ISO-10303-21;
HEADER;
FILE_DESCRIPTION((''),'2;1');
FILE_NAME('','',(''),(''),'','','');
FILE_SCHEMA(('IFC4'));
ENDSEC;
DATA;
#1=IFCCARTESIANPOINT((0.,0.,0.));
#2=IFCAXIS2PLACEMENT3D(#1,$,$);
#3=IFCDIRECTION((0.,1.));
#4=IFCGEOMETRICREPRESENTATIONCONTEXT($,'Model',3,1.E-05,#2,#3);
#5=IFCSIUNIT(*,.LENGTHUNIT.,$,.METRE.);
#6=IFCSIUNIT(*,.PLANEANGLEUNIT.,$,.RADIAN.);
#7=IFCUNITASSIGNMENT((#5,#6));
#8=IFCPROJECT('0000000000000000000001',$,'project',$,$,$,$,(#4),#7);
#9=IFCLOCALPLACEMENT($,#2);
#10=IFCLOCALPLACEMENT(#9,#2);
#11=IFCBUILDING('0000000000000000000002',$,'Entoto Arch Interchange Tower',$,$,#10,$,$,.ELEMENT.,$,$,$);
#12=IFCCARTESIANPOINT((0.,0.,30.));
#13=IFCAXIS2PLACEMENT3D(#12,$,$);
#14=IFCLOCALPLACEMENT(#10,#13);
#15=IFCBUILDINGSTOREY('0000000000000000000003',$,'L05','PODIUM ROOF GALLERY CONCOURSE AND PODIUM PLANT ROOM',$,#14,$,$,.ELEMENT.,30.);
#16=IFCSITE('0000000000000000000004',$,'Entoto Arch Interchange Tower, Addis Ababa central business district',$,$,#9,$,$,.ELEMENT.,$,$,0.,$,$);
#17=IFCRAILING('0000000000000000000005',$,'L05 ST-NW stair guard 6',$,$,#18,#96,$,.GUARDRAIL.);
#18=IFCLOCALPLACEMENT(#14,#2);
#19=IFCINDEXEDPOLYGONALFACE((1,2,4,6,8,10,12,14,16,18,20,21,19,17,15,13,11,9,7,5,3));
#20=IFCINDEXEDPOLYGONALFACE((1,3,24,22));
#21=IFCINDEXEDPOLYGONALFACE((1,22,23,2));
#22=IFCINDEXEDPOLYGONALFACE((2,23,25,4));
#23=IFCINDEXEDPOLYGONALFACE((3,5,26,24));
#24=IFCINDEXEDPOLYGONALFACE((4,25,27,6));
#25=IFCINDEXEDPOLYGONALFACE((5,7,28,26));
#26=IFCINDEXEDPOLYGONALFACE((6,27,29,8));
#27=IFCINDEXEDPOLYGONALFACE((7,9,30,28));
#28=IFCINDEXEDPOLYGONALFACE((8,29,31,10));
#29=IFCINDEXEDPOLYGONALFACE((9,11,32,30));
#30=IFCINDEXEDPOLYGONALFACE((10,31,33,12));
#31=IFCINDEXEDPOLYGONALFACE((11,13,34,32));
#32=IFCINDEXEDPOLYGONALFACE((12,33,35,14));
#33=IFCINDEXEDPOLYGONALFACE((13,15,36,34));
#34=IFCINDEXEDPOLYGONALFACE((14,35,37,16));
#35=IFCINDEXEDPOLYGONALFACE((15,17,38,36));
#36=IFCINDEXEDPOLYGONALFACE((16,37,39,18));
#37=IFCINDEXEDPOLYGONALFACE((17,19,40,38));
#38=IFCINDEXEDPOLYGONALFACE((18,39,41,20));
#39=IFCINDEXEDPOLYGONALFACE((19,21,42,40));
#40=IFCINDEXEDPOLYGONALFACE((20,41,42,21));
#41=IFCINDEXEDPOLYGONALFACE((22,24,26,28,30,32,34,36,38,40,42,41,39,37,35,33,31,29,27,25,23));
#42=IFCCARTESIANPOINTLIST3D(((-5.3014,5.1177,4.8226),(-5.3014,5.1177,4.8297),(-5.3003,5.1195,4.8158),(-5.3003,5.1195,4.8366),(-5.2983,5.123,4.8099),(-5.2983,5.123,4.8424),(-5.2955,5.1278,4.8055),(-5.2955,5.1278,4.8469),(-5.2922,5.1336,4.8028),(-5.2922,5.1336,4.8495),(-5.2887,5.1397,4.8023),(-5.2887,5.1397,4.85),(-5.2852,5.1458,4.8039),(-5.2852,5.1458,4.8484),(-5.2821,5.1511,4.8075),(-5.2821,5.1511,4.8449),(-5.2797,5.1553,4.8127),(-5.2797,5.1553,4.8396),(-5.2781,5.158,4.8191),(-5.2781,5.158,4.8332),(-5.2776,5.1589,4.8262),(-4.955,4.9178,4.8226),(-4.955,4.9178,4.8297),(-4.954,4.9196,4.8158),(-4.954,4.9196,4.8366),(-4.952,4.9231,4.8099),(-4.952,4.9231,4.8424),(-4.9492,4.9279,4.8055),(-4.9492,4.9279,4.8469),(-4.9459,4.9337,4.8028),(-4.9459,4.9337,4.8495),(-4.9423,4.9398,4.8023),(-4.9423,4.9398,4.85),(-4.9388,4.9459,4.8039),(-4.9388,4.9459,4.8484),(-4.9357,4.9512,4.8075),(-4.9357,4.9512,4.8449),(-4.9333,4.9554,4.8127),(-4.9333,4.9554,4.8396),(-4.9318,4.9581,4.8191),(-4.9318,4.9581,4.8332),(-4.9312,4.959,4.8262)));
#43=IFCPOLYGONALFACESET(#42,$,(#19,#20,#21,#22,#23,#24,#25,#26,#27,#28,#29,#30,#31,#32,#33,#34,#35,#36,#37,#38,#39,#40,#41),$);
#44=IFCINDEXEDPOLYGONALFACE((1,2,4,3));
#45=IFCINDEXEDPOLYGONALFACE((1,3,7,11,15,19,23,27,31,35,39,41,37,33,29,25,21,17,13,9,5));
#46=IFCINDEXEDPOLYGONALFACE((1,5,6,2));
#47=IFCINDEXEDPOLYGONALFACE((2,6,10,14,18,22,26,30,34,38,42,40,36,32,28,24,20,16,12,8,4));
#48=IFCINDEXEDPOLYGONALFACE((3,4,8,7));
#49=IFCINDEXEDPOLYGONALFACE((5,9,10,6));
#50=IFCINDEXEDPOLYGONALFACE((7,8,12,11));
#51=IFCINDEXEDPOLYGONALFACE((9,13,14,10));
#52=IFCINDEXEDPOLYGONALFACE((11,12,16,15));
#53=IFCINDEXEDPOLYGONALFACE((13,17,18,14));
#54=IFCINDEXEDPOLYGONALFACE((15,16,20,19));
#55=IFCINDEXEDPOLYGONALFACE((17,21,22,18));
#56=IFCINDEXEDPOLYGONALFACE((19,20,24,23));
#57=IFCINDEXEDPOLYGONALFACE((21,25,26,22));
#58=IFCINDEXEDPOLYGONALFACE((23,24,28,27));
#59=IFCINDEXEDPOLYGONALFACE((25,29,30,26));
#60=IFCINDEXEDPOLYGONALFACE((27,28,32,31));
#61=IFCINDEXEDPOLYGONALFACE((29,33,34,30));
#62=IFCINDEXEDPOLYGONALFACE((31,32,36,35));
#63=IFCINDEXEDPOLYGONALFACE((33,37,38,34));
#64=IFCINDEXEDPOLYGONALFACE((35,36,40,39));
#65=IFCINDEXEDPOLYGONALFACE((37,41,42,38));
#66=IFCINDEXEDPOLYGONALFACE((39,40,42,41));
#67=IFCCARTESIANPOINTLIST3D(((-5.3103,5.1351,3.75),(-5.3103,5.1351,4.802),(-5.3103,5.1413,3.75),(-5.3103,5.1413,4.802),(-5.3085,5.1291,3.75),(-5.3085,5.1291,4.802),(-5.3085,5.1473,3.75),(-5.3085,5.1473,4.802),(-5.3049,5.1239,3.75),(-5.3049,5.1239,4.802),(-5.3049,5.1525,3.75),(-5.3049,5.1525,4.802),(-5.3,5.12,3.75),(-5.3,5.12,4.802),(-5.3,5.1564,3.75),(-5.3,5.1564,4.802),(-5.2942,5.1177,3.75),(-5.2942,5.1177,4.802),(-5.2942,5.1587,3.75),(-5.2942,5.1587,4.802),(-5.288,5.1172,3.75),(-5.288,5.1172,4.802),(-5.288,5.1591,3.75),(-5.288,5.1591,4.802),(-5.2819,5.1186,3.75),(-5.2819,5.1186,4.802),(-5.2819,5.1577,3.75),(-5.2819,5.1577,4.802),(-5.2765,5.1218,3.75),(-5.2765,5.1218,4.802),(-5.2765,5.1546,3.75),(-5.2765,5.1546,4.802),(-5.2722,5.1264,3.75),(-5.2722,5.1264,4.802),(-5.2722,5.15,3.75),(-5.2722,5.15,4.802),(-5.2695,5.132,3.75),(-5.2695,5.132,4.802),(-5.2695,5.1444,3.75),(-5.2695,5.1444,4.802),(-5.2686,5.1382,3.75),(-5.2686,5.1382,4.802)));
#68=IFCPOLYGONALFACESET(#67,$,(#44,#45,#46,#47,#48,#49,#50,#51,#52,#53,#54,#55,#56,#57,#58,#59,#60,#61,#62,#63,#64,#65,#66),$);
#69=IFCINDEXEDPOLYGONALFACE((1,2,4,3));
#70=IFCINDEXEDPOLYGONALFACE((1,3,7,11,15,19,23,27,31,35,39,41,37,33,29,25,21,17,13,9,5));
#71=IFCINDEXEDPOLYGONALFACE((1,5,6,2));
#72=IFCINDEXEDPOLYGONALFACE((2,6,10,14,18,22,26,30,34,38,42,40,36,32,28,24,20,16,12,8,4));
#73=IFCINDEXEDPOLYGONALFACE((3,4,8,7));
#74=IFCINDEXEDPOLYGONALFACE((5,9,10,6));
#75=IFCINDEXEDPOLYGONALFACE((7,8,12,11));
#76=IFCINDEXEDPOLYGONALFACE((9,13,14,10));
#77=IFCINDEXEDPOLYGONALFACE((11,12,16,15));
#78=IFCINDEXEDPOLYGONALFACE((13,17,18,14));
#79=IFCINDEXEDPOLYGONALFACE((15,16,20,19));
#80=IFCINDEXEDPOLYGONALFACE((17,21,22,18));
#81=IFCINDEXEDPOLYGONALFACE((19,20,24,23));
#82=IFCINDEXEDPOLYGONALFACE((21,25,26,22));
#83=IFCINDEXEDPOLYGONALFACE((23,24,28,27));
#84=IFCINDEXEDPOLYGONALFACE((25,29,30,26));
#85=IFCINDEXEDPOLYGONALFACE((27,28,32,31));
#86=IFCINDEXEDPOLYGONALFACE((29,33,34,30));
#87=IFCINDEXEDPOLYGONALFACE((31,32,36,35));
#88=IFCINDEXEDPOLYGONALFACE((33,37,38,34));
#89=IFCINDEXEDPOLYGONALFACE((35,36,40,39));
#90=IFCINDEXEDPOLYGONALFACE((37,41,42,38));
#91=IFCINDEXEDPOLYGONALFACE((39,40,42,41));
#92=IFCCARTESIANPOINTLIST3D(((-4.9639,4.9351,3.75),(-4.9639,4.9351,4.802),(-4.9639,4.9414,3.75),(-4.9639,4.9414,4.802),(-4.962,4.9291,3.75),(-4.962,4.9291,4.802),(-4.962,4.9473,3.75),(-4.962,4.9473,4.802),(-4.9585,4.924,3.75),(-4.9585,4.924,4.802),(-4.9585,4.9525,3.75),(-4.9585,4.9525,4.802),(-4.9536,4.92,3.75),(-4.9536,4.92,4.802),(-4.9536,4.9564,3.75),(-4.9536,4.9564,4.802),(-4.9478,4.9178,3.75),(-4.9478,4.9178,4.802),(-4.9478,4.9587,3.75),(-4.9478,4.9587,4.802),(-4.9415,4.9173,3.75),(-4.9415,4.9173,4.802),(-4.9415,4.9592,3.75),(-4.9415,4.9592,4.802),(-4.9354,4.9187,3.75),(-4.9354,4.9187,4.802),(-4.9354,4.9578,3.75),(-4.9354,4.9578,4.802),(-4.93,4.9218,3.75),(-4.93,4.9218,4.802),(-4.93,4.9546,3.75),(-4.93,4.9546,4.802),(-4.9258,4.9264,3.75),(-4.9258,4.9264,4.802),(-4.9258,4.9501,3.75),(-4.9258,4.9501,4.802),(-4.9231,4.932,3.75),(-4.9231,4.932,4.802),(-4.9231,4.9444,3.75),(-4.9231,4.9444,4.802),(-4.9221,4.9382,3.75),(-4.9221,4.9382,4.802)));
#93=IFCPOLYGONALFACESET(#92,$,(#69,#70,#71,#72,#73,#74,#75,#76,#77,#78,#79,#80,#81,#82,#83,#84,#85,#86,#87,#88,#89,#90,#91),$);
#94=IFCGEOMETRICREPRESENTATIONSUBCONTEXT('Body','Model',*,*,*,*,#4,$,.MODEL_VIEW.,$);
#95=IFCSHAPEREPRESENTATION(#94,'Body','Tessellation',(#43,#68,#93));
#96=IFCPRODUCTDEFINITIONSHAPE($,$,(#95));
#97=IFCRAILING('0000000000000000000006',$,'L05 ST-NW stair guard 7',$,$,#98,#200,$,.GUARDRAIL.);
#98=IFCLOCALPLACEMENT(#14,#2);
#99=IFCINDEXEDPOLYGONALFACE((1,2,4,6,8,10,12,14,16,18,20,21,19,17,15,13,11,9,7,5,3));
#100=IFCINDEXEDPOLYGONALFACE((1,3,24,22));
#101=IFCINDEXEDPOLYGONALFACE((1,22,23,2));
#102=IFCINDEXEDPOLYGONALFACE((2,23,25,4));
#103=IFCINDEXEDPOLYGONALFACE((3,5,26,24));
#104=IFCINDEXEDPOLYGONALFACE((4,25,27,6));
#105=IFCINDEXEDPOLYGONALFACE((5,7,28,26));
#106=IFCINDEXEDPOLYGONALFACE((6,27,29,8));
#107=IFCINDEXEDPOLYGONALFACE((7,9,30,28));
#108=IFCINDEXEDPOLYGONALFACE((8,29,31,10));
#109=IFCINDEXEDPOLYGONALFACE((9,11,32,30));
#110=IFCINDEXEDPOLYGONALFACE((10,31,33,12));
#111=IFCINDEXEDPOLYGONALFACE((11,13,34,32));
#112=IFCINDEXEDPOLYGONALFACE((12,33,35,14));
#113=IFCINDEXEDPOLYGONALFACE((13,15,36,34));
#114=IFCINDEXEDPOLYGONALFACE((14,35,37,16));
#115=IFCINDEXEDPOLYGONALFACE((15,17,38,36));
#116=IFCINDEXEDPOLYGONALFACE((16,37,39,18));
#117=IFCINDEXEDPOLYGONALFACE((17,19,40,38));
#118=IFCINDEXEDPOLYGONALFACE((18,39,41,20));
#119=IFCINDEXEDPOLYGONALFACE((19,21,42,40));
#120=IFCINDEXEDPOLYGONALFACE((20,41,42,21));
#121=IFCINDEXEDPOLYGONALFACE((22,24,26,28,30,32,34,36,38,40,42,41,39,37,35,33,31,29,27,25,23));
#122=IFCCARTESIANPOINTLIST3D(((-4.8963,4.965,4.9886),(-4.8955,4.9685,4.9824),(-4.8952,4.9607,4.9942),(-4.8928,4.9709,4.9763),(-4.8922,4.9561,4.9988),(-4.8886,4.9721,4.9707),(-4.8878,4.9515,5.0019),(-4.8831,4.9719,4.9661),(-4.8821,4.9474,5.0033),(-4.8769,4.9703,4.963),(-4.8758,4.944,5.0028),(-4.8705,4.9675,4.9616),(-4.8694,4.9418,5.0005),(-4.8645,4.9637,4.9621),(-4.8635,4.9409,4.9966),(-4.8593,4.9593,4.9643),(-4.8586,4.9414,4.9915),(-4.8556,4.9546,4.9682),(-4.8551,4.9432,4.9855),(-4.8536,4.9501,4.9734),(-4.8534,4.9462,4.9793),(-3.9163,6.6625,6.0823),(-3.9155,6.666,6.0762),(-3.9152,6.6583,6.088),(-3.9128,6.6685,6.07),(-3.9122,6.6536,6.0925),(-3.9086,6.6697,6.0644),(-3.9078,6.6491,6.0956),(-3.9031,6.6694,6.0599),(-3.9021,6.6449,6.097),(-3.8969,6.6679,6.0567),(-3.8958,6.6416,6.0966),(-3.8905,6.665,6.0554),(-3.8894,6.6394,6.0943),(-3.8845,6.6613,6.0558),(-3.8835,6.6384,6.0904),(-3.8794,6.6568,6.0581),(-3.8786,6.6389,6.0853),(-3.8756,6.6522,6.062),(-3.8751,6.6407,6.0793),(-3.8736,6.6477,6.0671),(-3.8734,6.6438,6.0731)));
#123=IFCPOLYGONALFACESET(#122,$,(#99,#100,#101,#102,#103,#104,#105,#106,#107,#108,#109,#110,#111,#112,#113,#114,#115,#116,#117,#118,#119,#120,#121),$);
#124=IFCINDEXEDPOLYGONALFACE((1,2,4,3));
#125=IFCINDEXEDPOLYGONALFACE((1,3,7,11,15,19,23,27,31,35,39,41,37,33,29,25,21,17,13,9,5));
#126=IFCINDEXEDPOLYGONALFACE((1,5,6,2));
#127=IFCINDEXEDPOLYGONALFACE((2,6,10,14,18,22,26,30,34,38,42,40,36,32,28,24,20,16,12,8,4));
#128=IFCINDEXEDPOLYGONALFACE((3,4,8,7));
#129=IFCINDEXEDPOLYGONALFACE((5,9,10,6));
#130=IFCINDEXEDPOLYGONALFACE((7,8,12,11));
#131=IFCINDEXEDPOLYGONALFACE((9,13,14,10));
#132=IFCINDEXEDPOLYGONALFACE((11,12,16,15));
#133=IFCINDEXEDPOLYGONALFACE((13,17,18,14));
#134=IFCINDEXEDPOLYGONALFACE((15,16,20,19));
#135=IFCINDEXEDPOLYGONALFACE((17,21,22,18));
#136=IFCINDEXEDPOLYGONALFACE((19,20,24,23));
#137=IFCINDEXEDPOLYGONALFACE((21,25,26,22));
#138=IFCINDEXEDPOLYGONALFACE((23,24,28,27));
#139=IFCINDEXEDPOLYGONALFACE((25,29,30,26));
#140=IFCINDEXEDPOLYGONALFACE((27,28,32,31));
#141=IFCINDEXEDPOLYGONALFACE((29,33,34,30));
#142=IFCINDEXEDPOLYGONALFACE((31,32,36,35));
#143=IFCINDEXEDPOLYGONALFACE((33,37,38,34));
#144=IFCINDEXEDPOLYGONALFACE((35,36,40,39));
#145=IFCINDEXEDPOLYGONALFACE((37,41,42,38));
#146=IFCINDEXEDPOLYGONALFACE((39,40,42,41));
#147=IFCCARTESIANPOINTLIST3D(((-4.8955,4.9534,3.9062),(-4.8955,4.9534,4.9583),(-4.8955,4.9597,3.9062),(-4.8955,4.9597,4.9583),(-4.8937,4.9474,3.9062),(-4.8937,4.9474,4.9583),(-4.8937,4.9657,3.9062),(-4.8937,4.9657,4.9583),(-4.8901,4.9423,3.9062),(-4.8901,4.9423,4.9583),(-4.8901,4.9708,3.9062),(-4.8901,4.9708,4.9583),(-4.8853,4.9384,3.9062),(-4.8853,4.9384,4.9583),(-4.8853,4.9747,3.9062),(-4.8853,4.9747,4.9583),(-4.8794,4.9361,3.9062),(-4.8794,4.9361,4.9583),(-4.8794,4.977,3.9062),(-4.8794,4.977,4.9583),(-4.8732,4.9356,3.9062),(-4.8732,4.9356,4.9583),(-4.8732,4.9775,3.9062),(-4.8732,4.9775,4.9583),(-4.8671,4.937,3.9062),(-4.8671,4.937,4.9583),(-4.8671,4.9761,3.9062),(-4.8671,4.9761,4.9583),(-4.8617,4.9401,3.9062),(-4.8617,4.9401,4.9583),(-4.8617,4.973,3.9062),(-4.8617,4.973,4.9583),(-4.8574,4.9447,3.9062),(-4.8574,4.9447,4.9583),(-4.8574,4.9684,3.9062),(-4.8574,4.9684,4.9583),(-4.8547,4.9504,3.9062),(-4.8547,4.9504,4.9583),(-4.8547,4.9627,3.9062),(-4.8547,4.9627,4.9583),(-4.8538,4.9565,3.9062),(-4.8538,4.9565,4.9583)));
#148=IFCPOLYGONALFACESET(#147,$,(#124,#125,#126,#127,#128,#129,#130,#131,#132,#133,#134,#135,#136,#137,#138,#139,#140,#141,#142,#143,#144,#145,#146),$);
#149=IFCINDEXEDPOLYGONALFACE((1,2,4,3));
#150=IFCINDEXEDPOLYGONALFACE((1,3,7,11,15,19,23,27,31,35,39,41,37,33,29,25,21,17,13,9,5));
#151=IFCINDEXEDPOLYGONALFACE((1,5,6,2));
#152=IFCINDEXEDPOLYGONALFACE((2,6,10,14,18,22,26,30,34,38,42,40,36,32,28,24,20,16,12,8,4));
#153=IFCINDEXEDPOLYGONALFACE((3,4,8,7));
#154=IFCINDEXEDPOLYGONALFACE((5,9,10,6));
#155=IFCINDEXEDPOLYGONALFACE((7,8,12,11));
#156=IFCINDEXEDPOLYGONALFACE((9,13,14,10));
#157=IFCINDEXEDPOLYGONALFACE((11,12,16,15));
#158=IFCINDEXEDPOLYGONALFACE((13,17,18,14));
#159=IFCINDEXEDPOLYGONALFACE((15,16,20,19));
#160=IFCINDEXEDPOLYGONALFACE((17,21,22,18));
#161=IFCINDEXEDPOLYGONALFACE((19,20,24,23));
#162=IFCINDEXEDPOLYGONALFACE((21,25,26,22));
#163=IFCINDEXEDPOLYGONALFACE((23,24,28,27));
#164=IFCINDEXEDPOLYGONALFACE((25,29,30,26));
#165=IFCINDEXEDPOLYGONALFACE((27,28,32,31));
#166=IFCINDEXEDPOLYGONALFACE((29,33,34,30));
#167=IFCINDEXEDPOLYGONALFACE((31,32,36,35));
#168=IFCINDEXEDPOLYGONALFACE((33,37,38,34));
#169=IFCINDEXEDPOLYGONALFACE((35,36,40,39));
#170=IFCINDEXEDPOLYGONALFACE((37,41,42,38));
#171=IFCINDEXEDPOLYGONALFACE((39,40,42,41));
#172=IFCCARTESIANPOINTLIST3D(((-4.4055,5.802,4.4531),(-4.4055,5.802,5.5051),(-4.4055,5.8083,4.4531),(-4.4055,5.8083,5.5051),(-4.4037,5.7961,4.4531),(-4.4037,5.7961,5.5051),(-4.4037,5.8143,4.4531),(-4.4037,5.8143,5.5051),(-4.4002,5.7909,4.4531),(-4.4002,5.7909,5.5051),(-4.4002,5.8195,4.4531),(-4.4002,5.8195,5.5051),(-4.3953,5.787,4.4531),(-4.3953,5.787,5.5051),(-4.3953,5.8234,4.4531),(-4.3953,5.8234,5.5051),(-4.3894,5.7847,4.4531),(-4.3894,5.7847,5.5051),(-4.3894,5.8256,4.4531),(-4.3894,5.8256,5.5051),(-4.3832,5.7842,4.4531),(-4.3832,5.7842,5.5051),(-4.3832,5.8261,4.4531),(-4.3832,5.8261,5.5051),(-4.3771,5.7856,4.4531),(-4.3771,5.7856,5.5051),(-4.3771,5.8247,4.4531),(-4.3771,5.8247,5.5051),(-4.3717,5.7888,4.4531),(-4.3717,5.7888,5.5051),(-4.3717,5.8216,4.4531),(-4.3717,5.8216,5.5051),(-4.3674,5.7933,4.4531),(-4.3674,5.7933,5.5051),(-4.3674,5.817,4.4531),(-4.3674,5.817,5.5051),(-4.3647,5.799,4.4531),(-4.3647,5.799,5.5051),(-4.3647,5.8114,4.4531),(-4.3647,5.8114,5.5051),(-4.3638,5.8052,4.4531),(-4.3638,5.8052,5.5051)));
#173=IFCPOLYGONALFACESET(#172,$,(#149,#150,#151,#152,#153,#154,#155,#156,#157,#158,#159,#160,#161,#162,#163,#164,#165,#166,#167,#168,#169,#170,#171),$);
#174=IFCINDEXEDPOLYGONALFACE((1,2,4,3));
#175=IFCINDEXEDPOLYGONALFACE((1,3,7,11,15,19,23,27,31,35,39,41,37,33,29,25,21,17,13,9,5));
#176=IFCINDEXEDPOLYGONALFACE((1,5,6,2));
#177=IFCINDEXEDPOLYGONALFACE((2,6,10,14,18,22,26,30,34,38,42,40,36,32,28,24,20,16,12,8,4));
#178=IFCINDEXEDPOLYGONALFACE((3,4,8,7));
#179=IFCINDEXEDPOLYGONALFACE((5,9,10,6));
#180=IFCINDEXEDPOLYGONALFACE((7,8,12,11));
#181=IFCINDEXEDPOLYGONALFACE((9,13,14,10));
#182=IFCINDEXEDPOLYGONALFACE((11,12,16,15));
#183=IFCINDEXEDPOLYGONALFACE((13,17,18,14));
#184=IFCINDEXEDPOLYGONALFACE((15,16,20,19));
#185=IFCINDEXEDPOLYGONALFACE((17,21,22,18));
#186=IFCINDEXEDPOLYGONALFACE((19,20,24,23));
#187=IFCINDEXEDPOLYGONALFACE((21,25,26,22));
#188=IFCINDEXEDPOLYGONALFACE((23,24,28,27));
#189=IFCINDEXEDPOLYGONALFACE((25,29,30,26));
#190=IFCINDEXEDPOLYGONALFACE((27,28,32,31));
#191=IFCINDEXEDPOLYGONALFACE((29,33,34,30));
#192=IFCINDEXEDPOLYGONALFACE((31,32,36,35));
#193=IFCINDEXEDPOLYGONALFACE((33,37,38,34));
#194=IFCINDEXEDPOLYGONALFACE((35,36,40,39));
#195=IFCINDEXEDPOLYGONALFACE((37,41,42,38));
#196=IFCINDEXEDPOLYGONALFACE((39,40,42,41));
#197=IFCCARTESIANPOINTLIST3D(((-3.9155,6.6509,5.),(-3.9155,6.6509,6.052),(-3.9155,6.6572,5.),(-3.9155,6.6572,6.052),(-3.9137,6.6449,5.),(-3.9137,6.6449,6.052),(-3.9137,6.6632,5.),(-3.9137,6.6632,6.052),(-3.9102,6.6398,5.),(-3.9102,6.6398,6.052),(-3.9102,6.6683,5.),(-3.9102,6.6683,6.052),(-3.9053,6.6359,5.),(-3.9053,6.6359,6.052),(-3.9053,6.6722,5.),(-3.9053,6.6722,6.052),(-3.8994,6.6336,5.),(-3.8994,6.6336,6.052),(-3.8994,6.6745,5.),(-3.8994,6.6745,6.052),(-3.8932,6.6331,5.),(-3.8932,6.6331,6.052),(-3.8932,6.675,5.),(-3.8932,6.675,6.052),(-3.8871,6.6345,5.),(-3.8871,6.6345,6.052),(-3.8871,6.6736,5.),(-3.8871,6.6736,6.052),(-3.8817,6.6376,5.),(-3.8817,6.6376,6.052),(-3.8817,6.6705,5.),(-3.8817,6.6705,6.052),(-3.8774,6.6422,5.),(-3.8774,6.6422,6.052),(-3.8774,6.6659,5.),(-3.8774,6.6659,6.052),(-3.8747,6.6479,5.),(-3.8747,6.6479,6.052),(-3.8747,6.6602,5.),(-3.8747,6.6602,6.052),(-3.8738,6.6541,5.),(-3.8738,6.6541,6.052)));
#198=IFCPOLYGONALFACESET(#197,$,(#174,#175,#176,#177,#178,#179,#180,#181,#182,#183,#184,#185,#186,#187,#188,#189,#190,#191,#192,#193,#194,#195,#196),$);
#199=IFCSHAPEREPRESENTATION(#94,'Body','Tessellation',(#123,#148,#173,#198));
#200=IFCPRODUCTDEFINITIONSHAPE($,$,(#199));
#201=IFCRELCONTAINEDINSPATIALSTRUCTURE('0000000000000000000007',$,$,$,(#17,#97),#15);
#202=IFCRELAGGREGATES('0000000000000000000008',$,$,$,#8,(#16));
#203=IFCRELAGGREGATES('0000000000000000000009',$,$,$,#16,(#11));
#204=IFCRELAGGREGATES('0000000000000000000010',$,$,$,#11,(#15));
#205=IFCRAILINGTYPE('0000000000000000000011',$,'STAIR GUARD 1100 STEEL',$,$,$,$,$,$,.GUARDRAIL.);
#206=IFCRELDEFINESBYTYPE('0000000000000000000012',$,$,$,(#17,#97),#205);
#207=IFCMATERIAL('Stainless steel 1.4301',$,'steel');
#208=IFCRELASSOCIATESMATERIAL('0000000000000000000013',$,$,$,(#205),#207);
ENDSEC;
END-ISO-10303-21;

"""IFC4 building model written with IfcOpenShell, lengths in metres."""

from ifc_helpers import new_model, si_unit, direction, frame, origin, origin_2d, place, context, subcontext, project, spatial, circle, extrude, material, type_object, element, save


model = new_model("IFC4")

# Units and contexts
model_context = context("Model", 3, precision=1e-05, world=origin(), true_north=direction((0.0, 1.0)))
body_context = subcontext(model_context, "Body", "Model", "MODEL_VIEW")
ifc_project = project(units=[si_unit("LENGTHUNIT", "METRE"), si_unit("PLANEANGLEUNIT", "RADIAN")], contexts=[model_context])

# Site, building, storey
site_placement = place(None, origin())
site = spatial("IfcSite", under=ifc_project, at=site_placement, Name="Entoto Arch Interchange Tower, Addis Ababa central business district", CompositionType="ELEMENT", RefElevation=0.0)
building_placement = place(site_placement, origin())
building = spatial("IfcBuilding", under=site, at=building_placement, Name="Entoto Arch Interchange Tower", CompositionType="ELEMENT")
storey_placement = place(building_placement, frame((0.0, 0.0, 30.0)))
storey = spatial("IfcBuildingStorey", under=building, at=storey_placement, Name="L05", Description="PODIUM ROOF GALLERY CONCOURSE AND PODIUM PLANT ROOM", CompositionType="ELEMENT", Elevation=30.0)

# Railings
ifc_material_1 = material(Name="Stainless steel 1.4301", Category="steel")
railing_type = type_object("IfcRailingType", Name="STAIR GUARD 1100 STEEL", PredefinedType="GUARDRAIL", material=ifc_material_1)
railing_1_placement = place(storey_placement, frame((-5.2896, 5.1382, 3.75)))
element("IfcRailing", 1, at=railing_1_placement, inside=storey, type_object=railing_type, Name="L05 ST-NW stair guard 6", PredefinedType="GUARDRAIL", context=body_context, shape_type="SweptSolid", body=[
    extrude(circle(Radius=0.0239, at=origin_2d()), frame((0.0, 0.0, 1.0762), z_axis=(0.866094, -0.499881, 0.0), x_axis=(0.499881, 0.866094, 0.0)), (0.0, 0.0, 1.0), 0.3999),
    extrude(circle(Radius=0.021, at=origin_2d()), origin(), (0.0, 0.0, 1.0), 1.052),
    extrude(circle(Radius=0.021, at=origin_2d()), frame((0.3464, -0.2, 0.0)), (0.0, 0.0, 1.0), 1.052),
])
railing_2_placement = place(storey_placement, frame((-4.8748, 4.9565, 3.9062)))
element("IfcRailing", 2, at=railing_2_placement, inside=storey, type_object=railing_type, Name="L05 ST-NW stair guard 7", PredefinedType="GUARDRAIL", context=body_context, shape_type="SweptSolid", body=[
    extrude(circle(Radius=0.0239, at=origin_2d()), frame((0.0, 0.0, 1.0762), z_axis=(0.436596, 0.756267, 0.487282), x_axis=(-0.866042, 0.49997, 0.0)), (0.0, 0.0, 1.0), 2.2446),
    extrude(circle(Radius=0.021, at=origin_2d()), origin(), (0.0, 0.0, 1.0), 1.052),
    extrude(circle(Radius=0.021, at=origin_2d()), frame((0.49, 0.8486, 0.5469)), (0.0, 0.0, 1.0), 1.052),
    extrude(circle(Radius=0.021, at=origin_2d()), frame((0.98, 1.6975, 1.0938)), (0.0, 0.0, 1.0), 1.052),
])

save(model, "model.ifc")
